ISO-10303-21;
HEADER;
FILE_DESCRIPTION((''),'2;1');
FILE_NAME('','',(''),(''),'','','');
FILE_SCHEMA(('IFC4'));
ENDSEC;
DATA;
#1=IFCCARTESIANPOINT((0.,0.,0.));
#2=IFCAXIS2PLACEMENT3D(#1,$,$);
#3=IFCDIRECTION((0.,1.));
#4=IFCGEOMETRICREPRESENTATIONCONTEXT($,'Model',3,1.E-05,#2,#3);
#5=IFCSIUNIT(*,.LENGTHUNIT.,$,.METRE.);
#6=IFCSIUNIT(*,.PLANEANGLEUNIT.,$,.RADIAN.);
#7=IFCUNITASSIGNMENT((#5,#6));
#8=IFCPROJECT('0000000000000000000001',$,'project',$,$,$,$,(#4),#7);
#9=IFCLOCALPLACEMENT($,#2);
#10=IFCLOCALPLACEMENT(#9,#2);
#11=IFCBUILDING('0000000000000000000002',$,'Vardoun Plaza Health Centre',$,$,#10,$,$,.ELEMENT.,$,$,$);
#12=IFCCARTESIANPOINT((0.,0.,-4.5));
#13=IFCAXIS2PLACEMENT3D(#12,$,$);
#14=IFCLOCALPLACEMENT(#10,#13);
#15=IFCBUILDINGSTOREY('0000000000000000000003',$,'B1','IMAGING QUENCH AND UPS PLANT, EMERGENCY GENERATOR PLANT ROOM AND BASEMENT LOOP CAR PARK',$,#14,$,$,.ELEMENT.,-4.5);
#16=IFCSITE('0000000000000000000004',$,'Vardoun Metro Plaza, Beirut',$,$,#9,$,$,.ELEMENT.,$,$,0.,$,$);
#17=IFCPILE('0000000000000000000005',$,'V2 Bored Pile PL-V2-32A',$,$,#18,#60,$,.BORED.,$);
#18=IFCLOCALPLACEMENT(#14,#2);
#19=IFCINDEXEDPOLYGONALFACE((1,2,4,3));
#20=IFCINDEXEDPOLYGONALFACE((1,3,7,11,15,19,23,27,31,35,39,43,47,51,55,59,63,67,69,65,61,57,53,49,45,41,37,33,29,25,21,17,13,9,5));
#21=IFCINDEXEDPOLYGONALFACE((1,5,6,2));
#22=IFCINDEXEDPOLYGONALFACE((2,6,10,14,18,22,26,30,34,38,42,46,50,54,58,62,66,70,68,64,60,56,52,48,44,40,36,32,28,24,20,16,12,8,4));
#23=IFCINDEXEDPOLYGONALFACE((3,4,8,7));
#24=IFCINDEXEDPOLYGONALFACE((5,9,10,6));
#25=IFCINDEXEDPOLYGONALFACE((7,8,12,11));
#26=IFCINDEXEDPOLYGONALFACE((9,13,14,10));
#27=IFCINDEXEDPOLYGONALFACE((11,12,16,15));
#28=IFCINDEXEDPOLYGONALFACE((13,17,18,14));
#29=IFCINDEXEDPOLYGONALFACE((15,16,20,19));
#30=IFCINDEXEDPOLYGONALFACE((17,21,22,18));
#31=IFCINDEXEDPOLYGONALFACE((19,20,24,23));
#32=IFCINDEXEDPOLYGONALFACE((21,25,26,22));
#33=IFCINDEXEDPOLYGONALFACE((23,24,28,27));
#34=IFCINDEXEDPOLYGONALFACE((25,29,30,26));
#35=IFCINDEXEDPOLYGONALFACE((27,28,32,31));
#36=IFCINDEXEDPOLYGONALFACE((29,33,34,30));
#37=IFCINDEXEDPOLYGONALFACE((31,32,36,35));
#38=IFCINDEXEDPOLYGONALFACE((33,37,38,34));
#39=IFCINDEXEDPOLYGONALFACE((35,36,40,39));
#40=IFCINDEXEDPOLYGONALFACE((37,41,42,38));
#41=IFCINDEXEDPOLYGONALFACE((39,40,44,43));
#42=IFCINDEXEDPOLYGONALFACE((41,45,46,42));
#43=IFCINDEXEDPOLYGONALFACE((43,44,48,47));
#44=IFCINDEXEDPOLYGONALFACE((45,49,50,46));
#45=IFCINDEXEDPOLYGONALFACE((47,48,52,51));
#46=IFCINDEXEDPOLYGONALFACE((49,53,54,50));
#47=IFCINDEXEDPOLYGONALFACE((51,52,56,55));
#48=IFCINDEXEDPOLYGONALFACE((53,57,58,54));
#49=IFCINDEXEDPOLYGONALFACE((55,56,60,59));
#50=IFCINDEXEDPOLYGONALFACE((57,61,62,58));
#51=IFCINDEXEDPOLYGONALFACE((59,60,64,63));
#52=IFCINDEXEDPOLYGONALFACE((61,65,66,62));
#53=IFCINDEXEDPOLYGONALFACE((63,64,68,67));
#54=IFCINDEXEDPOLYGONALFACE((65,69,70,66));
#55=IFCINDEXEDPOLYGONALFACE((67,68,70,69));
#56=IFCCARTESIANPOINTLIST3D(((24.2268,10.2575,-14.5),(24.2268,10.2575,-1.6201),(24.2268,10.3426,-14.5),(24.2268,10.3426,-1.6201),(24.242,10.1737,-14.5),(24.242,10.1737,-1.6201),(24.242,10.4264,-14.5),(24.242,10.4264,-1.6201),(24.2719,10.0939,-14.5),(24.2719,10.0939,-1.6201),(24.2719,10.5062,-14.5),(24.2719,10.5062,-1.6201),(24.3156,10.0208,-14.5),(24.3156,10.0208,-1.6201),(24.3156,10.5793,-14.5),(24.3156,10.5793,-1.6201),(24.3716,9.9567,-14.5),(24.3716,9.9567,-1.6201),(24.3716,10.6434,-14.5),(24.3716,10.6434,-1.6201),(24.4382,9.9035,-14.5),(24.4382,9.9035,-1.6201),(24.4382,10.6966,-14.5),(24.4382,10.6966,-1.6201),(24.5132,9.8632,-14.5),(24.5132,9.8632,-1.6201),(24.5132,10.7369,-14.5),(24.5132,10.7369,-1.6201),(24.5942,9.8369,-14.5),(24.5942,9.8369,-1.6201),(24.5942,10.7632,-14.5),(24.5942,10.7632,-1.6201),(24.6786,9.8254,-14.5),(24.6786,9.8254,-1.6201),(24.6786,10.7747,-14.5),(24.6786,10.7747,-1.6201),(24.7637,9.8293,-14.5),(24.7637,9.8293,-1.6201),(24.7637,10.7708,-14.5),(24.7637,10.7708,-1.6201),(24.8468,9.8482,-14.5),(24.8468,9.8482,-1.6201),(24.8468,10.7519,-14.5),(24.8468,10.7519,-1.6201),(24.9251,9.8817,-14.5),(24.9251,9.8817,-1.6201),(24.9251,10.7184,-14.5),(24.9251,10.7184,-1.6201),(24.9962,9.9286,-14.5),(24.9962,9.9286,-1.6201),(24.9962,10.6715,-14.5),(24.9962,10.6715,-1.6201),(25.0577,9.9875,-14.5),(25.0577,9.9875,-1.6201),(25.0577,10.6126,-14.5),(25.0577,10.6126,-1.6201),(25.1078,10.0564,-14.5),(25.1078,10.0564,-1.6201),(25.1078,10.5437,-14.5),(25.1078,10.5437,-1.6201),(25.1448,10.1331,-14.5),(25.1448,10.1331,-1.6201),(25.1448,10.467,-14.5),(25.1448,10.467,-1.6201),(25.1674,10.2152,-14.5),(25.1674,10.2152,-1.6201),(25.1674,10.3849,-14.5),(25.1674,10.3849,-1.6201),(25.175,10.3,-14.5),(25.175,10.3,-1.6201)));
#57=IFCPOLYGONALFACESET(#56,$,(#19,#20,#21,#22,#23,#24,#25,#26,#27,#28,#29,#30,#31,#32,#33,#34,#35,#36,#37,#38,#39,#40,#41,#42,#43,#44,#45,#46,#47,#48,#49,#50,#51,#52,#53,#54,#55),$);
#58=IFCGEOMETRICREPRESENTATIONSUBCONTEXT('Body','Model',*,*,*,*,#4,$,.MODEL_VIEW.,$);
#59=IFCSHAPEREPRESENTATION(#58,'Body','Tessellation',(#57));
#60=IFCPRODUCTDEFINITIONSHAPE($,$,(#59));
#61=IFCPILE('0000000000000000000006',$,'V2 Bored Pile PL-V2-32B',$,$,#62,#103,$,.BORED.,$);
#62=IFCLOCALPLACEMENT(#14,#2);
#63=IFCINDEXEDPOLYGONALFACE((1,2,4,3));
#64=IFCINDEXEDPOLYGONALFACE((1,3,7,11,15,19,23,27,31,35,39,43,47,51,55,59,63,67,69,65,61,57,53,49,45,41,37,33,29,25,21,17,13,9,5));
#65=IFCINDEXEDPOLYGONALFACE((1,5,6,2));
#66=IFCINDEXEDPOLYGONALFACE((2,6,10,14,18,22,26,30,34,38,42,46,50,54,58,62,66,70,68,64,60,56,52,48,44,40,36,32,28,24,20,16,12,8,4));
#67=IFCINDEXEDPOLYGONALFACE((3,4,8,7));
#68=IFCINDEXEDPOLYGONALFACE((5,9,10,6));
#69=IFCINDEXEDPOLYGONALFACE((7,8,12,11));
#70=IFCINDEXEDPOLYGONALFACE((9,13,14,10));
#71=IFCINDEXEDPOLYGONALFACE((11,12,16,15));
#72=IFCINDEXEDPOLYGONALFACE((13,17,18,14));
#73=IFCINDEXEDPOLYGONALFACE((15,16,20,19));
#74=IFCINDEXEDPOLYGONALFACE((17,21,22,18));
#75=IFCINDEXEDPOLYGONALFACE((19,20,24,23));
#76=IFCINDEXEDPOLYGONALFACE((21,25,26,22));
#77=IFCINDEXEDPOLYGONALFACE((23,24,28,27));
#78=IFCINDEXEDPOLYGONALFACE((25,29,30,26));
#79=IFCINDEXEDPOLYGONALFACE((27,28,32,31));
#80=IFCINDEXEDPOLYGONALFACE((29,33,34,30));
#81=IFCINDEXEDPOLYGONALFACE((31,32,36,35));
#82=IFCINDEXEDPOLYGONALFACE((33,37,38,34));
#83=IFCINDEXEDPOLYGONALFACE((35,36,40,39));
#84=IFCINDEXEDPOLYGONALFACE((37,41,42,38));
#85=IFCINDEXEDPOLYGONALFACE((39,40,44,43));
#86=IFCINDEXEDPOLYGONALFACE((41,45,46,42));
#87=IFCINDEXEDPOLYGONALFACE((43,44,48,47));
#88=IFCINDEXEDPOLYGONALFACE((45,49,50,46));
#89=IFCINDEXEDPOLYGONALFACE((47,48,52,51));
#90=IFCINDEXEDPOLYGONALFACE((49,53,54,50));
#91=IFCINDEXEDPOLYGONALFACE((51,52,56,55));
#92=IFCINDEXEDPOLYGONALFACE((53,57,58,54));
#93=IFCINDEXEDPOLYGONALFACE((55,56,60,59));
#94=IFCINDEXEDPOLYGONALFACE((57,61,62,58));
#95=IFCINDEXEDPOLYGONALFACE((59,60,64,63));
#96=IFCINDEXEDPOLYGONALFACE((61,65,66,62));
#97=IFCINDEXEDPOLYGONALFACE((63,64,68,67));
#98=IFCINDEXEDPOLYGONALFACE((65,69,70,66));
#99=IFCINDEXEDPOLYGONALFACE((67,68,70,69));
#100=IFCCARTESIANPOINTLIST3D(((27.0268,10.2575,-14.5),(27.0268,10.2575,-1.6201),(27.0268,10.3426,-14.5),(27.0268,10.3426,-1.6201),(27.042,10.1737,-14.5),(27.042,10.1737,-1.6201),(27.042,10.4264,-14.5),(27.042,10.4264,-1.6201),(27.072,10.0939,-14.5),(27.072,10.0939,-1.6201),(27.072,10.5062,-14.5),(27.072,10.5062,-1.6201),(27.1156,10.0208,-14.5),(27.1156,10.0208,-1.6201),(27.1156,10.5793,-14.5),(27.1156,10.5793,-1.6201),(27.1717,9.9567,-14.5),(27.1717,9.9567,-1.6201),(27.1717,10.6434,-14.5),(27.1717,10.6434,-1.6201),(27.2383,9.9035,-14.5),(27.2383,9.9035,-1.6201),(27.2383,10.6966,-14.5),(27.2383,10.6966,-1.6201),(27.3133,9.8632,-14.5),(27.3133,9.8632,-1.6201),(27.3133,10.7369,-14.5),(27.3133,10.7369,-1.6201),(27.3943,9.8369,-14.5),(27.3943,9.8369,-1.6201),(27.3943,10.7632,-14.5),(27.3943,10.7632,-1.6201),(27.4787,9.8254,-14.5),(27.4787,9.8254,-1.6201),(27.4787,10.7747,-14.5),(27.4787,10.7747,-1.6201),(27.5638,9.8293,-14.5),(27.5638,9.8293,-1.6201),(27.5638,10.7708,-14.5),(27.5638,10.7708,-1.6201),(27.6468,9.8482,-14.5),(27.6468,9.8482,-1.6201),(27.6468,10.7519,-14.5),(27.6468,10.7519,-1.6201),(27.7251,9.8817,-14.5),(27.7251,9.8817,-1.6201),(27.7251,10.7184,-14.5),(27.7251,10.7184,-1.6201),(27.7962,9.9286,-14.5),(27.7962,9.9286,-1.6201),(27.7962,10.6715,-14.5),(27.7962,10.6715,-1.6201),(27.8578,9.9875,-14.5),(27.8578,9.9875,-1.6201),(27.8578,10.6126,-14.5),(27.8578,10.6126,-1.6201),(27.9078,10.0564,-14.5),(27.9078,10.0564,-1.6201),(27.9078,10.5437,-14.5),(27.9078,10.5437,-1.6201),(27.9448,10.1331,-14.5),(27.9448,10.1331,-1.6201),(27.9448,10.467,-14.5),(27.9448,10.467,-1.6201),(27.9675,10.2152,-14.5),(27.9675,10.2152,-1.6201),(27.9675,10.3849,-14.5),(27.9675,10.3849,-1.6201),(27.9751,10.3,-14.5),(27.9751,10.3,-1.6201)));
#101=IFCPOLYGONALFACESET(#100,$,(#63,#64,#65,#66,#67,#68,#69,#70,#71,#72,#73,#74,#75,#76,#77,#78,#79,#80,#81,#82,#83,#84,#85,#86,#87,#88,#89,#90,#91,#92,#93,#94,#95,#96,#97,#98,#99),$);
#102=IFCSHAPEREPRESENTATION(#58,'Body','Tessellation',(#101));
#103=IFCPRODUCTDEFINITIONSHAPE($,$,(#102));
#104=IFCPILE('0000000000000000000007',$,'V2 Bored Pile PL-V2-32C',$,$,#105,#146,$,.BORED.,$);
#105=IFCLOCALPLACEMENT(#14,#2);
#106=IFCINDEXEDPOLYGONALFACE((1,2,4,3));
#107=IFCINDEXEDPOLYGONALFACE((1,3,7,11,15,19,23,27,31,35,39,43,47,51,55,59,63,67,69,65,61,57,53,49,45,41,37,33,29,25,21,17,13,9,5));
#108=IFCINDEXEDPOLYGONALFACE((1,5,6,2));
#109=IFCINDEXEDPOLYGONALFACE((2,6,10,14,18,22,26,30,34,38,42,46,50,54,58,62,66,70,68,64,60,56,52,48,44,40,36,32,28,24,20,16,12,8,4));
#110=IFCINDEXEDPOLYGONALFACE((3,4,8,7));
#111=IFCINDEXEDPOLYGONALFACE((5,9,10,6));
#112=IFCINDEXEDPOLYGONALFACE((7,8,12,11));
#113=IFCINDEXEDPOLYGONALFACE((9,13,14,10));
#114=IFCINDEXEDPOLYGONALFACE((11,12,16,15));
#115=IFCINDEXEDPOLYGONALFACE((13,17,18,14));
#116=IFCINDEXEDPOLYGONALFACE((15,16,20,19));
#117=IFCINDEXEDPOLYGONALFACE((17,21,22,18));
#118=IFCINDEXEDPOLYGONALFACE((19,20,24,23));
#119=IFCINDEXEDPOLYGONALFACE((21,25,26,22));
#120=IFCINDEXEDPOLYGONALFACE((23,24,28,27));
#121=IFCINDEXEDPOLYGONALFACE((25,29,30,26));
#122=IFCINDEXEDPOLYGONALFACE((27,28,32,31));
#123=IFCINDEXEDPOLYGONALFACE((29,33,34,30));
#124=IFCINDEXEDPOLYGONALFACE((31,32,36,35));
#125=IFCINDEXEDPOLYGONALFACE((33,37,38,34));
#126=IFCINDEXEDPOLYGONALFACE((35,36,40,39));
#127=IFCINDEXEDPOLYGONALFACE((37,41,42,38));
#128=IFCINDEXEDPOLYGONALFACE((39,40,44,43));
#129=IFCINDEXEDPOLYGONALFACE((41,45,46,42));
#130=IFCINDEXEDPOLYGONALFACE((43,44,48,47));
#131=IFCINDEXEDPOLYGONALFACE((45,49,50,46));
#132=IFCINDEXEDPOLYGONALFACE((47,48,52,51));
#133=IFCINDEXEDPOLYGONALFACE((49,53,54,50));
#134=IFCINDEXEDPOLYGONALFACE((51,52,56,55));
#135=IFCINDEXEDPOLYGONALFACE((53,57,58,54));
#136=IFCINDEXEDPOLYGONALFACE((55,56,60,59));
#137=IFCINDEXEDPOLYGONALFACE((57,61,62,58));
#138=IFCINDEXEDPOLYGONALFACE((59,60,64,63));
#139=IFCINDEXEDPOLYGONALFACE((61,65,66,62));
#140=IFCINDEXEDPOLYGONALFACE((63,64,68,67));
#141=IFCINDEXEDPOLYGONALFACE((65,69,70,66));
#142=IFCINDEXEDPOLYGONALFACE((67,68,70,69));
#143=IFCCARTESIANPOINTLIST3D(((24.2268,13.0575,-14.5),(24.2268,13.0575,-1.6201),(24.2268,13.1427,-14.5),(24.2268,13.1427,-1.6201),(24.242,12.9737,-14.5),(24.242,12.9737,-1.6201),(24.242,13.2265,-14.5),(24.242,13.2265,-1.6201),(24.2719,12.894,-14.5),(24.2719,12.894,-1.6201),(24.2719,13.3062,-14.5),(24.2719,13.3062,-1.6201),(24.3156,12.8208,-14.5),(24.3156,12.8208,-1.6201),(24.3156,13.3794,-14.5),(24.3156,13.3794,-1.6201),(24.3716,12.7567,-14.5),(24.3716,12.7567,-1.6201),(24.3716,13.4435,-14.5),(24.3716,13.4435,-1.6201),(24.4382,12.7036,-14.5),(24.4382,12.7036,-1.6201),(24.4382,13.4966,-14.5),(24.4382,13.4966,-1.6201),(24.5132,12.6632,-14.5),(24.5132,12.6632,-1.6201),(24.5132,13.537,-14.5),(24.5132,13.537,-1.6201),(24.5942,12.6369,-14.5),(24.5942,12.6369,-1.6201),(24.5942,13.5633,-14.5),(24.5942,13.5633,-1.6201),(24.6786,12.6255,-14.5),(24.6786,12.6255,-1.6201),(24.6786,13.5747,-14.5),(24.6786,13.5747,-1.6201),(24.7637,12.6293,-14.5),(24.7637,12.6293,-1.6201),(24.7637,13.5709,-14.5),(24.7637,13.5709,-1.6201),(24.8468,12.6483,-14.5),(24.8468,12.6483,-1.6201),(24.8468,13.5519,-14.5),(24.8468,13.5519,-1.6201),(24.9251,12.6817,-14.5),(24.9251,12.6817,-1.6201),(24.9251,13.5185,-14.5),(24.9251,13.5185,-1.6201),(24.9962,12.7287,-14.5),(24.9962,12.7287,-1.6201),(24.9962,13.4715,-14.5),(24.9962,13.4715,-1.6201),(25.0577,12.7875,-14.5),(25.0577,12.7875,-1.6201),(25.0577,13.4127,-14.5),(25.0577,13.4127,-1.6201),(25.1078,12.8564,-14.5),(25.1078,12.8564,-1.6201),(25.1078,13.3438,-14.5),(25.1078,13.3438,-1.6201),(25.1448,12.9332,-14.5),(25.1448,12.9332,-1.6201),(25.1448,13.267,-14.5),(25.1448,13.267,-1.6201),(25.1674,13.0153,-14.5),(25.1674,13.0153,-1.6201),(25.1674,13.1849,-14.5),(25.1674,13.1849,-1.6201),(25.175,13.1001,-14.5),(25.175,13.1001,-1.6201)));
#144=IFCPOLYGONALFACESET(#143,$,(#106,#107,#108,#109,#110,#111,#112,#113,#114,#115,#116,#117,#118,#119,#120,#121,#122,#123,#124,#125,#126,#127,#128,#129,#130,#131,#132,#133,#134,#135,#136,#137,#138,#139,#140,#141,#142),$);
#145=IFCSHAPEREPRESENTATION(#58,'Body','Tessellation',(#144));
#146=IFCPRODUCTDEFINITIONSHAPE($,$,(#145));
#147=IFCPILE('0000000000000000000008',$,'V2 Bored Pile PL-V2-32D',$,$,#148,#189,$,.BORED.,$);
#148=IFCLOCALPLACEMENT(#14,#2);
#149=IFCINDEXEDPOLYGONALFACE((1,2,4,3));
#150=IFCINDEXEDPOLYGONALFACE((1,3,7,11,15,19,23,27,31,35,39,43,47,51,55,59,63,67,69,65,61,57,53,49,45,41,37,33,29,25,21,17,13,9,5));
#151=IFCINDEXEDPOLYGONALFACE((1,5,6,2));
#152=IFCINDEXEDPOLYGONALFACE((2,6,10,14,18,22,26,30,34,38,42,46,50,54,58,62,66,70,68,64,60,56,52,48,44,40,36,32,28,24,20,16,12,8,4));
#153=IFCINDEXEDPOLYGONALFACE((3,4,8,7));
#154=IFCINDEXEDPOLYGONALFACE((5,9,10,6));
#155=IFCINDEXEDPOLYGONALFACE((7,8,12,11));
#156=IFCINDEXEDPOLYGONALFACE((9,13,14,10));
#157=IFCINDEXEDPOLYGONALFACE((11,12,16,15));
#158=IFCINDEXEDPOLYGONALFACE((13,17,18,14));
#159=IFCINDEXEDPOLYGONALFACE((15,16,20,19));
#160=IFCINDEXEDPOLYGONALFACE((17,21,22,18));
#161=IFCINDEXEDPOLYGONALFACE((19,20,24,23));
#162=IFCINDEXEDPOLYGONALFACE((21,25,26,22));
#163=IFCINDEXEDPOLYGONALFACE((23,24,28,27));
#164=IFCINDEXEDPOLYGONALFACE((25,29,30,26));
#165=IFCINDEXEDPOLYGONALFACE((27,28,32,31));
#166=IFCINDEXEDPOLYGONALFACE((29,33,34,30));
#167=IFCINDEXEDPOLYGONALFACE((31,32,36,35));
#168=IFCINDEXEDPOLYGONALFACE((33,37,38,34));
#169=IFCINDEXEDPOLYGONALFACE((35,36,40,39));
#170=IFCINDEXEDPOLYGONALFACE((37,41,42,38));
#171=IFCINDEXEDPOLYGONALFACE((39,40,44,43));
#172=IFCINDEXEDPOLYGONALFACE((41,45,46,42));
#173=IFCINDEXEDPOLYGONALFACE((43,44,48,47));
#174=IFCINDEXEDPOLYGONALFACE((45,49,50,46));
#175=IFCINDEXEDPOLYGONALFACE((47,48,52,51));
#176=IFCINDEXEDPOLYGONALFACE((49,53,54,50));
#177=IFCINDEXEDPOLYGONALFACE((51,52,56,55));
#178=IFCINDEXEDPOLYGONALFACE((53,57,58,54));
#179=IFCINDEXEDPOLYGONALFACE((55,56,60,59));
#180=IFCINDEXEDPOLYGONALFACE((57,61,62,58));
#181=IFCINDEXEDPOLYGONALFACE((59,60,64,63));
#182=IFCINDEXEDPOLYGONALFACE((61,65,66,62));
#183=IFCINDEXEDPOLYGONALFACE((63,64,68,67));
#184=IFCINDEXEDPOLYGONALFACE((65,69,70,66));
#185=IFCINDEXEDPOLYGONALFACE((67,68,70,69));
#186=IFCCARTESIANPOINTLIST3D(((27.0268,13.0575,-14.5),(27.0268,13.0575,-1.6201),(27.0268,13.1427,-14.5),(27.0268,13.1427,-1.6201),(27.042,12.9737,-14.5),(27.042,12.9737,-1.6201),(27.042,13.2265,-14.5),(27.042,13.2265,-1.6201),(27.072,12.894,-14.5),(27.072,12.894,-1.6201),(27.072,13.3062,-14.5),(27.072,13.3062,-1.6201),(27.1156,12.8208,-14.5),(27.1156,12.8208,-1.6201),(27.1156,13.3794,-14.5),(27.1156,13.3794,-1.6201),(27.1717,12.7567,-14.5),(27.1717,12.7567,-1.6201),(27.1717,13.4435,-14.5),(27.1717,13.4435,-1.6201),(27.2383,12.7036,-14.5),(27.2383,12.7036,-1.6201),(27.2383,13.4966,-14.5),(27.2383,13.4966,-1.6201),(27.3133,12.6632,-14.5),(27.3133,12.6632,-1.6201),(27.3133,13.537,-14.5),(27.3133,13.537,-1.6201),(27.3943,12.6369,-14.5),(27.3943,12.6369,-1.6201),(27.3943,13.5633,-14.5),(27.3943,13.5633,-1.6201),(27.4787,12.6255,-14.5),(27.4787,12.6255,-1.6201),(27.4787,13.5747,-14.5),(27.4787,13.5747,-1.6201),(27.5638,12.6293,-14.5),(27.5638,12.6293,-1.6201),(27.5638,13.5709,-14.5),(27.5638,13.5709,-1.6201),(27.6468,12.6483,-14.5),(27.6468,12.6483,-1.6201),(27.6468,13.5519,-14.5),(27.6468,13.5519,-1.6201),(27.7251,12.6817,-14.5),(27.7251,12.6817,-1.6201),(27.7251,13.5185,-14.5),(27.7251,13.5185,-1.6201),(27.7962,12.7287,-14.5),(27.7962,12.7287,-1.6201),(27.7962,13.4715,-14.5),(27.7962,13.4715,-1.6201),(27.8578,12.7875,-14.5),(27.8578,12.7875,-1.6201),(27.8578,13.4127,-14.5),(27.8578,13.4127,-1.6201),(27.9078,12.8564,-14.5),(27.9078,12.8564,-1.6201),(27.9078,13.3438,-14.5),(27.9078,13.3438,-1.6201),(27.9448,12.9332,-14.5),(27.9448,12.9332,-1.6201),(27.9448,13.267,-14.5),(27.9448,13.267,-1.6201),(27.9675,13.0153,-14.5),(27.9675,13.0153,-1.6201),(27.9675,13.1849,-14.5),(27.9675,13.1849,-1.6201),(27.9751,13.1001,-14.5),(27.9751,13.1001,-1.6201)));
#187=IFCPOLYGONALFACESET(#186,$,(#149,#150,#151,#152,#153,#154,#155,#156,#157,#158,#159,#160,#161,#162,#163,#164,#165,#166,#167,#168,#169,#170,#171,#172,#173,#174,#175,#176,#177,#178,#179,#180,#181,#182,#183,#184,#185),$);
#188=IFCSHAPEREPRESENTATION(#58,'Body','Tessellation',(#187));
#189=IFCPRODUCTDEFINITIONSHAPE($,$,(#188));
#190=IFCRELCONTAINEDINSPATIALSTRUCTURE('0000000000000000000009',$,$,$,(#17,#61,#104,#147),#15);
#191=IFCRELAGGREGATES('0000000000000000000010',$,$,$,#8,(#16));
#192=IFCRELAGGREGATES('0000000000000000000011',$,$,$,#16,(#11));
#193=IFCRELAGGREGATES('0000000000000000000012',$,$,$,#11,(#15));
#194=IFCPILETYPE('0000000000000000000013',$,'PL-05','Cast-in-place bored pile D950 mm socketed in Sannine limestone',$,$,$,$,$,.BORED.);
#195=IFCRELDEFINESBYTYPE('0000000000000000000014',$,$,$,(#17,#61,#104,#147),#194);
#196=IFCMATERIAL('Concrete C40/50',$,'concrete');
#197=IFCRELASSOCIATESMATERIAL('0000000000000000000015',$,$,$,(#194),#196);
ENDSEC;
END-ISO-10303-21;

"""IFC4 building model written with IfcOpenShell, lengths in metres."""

from ifc_helpers import new_model, si_unit, direction, frame, origin, origin_2d, place, context, subcontext, project, spatial, circle, extrude, material, material_profile, profile_set, type_object, element, save


model = new_model("IFC4")

# Units and contexts
model_context = context("Model", 3, precision=1e-05, world=origin(), true_north=direction((0.0, 1.0)))
body_context = subcontext(model_context, "Body", "Model", "MODEL_VIEW")
ifc_project = project(units=[si_unit("LENGTHUNIT", "METRE"), si_unit("PLANEANGLEUNIT", "RADIAN")], contexts=[model_context])

# Site, building, storey
site_placement = place(None, origin())
site = spatial("IfcSite", under=ifc_project, at=site_placement, Name="Vardoun Metro Plaza, Beirut", CompositionType="ELEMENT", RefElevation=0.0)
building_placement = place(site_placement, origin())
building = spatial("IfcBuilding", under=site, at=building_placement, Name="Vardoun Plaza Health Centre", CompositionType="ELEMENT")
storey_placement = place(building_placement, frame((0.0, 0.0, -4.5)))
storey = spatial("IfcBuildingStorey", under=building, at=storey_placement, Name="B1", Description="IMAGING QUENCH AND UPS PLANT, EMERGENCY GENERATOR PLANT ROOM AND BASEMENT LOOP CAR PARK", CompositionType="ELEMENT", Elevation=-4.5)

# Piles
ifc_material_1 = material(Name="Concrete C40/50", Category="concrete")
ifc_material_profile_1 = material_profile(ifc_material_1, circle(Radius=0.4751, at=origin_2d()), Name="PILE D950")
ifc_profile_set_1 = profile_set([ifc_material_profile_1], Name="Concrete C40/50")
pile_type_1 = type_object("IfcPileType", Name="PL-05", Description="Cast-in-place bored pile D950 mm socketed in Sannine limestone", PredefinedType="BORED", material=ifc_profile_set_1)
for number, where, z_axis, x_axis, name in (
    (1, (24.7, 10.3, -1.6201), (0.0, 0.0, -1.0), (1.0, 0.0, 0.0), "V2 Bored Pile PL-V2-32A"),
    (2, (27.5, 10.3, -1.6201), (0.0, 0.0, -1.0), (1.0, 0.0, 0.0), "V2 Bored Pile PL-V2-32B"),
    (3, (24.7, 13.1001, -1.6201), (0.0, 0.0, -1.0), (1.0, 0.0, 0.0), "V2 Bored Pile PL-V2-32C"),
    (4, (27.5, 13.1001, -1.6201), (0.0, 0.0, -1.0), (1.0, 0.0, 0.0), "V2 Bored Pile PL-V2-32D"),
):
    element("IfcPile", number, at=place(storey_placement, frame(where, z_axis=z_axis, x_axis=x_axis)), inside=storey, type_object=pile_type_1, Name=name, PredefinedType="BORED", context=body_context, shape_type="SweptSolid", body=[
        extrude(circle(Radius=0.4751, at=origin_2d()), origin(), (0.0, 0.0, 1.0), 12.8799),
    ])

save(model, "model.ifc")
